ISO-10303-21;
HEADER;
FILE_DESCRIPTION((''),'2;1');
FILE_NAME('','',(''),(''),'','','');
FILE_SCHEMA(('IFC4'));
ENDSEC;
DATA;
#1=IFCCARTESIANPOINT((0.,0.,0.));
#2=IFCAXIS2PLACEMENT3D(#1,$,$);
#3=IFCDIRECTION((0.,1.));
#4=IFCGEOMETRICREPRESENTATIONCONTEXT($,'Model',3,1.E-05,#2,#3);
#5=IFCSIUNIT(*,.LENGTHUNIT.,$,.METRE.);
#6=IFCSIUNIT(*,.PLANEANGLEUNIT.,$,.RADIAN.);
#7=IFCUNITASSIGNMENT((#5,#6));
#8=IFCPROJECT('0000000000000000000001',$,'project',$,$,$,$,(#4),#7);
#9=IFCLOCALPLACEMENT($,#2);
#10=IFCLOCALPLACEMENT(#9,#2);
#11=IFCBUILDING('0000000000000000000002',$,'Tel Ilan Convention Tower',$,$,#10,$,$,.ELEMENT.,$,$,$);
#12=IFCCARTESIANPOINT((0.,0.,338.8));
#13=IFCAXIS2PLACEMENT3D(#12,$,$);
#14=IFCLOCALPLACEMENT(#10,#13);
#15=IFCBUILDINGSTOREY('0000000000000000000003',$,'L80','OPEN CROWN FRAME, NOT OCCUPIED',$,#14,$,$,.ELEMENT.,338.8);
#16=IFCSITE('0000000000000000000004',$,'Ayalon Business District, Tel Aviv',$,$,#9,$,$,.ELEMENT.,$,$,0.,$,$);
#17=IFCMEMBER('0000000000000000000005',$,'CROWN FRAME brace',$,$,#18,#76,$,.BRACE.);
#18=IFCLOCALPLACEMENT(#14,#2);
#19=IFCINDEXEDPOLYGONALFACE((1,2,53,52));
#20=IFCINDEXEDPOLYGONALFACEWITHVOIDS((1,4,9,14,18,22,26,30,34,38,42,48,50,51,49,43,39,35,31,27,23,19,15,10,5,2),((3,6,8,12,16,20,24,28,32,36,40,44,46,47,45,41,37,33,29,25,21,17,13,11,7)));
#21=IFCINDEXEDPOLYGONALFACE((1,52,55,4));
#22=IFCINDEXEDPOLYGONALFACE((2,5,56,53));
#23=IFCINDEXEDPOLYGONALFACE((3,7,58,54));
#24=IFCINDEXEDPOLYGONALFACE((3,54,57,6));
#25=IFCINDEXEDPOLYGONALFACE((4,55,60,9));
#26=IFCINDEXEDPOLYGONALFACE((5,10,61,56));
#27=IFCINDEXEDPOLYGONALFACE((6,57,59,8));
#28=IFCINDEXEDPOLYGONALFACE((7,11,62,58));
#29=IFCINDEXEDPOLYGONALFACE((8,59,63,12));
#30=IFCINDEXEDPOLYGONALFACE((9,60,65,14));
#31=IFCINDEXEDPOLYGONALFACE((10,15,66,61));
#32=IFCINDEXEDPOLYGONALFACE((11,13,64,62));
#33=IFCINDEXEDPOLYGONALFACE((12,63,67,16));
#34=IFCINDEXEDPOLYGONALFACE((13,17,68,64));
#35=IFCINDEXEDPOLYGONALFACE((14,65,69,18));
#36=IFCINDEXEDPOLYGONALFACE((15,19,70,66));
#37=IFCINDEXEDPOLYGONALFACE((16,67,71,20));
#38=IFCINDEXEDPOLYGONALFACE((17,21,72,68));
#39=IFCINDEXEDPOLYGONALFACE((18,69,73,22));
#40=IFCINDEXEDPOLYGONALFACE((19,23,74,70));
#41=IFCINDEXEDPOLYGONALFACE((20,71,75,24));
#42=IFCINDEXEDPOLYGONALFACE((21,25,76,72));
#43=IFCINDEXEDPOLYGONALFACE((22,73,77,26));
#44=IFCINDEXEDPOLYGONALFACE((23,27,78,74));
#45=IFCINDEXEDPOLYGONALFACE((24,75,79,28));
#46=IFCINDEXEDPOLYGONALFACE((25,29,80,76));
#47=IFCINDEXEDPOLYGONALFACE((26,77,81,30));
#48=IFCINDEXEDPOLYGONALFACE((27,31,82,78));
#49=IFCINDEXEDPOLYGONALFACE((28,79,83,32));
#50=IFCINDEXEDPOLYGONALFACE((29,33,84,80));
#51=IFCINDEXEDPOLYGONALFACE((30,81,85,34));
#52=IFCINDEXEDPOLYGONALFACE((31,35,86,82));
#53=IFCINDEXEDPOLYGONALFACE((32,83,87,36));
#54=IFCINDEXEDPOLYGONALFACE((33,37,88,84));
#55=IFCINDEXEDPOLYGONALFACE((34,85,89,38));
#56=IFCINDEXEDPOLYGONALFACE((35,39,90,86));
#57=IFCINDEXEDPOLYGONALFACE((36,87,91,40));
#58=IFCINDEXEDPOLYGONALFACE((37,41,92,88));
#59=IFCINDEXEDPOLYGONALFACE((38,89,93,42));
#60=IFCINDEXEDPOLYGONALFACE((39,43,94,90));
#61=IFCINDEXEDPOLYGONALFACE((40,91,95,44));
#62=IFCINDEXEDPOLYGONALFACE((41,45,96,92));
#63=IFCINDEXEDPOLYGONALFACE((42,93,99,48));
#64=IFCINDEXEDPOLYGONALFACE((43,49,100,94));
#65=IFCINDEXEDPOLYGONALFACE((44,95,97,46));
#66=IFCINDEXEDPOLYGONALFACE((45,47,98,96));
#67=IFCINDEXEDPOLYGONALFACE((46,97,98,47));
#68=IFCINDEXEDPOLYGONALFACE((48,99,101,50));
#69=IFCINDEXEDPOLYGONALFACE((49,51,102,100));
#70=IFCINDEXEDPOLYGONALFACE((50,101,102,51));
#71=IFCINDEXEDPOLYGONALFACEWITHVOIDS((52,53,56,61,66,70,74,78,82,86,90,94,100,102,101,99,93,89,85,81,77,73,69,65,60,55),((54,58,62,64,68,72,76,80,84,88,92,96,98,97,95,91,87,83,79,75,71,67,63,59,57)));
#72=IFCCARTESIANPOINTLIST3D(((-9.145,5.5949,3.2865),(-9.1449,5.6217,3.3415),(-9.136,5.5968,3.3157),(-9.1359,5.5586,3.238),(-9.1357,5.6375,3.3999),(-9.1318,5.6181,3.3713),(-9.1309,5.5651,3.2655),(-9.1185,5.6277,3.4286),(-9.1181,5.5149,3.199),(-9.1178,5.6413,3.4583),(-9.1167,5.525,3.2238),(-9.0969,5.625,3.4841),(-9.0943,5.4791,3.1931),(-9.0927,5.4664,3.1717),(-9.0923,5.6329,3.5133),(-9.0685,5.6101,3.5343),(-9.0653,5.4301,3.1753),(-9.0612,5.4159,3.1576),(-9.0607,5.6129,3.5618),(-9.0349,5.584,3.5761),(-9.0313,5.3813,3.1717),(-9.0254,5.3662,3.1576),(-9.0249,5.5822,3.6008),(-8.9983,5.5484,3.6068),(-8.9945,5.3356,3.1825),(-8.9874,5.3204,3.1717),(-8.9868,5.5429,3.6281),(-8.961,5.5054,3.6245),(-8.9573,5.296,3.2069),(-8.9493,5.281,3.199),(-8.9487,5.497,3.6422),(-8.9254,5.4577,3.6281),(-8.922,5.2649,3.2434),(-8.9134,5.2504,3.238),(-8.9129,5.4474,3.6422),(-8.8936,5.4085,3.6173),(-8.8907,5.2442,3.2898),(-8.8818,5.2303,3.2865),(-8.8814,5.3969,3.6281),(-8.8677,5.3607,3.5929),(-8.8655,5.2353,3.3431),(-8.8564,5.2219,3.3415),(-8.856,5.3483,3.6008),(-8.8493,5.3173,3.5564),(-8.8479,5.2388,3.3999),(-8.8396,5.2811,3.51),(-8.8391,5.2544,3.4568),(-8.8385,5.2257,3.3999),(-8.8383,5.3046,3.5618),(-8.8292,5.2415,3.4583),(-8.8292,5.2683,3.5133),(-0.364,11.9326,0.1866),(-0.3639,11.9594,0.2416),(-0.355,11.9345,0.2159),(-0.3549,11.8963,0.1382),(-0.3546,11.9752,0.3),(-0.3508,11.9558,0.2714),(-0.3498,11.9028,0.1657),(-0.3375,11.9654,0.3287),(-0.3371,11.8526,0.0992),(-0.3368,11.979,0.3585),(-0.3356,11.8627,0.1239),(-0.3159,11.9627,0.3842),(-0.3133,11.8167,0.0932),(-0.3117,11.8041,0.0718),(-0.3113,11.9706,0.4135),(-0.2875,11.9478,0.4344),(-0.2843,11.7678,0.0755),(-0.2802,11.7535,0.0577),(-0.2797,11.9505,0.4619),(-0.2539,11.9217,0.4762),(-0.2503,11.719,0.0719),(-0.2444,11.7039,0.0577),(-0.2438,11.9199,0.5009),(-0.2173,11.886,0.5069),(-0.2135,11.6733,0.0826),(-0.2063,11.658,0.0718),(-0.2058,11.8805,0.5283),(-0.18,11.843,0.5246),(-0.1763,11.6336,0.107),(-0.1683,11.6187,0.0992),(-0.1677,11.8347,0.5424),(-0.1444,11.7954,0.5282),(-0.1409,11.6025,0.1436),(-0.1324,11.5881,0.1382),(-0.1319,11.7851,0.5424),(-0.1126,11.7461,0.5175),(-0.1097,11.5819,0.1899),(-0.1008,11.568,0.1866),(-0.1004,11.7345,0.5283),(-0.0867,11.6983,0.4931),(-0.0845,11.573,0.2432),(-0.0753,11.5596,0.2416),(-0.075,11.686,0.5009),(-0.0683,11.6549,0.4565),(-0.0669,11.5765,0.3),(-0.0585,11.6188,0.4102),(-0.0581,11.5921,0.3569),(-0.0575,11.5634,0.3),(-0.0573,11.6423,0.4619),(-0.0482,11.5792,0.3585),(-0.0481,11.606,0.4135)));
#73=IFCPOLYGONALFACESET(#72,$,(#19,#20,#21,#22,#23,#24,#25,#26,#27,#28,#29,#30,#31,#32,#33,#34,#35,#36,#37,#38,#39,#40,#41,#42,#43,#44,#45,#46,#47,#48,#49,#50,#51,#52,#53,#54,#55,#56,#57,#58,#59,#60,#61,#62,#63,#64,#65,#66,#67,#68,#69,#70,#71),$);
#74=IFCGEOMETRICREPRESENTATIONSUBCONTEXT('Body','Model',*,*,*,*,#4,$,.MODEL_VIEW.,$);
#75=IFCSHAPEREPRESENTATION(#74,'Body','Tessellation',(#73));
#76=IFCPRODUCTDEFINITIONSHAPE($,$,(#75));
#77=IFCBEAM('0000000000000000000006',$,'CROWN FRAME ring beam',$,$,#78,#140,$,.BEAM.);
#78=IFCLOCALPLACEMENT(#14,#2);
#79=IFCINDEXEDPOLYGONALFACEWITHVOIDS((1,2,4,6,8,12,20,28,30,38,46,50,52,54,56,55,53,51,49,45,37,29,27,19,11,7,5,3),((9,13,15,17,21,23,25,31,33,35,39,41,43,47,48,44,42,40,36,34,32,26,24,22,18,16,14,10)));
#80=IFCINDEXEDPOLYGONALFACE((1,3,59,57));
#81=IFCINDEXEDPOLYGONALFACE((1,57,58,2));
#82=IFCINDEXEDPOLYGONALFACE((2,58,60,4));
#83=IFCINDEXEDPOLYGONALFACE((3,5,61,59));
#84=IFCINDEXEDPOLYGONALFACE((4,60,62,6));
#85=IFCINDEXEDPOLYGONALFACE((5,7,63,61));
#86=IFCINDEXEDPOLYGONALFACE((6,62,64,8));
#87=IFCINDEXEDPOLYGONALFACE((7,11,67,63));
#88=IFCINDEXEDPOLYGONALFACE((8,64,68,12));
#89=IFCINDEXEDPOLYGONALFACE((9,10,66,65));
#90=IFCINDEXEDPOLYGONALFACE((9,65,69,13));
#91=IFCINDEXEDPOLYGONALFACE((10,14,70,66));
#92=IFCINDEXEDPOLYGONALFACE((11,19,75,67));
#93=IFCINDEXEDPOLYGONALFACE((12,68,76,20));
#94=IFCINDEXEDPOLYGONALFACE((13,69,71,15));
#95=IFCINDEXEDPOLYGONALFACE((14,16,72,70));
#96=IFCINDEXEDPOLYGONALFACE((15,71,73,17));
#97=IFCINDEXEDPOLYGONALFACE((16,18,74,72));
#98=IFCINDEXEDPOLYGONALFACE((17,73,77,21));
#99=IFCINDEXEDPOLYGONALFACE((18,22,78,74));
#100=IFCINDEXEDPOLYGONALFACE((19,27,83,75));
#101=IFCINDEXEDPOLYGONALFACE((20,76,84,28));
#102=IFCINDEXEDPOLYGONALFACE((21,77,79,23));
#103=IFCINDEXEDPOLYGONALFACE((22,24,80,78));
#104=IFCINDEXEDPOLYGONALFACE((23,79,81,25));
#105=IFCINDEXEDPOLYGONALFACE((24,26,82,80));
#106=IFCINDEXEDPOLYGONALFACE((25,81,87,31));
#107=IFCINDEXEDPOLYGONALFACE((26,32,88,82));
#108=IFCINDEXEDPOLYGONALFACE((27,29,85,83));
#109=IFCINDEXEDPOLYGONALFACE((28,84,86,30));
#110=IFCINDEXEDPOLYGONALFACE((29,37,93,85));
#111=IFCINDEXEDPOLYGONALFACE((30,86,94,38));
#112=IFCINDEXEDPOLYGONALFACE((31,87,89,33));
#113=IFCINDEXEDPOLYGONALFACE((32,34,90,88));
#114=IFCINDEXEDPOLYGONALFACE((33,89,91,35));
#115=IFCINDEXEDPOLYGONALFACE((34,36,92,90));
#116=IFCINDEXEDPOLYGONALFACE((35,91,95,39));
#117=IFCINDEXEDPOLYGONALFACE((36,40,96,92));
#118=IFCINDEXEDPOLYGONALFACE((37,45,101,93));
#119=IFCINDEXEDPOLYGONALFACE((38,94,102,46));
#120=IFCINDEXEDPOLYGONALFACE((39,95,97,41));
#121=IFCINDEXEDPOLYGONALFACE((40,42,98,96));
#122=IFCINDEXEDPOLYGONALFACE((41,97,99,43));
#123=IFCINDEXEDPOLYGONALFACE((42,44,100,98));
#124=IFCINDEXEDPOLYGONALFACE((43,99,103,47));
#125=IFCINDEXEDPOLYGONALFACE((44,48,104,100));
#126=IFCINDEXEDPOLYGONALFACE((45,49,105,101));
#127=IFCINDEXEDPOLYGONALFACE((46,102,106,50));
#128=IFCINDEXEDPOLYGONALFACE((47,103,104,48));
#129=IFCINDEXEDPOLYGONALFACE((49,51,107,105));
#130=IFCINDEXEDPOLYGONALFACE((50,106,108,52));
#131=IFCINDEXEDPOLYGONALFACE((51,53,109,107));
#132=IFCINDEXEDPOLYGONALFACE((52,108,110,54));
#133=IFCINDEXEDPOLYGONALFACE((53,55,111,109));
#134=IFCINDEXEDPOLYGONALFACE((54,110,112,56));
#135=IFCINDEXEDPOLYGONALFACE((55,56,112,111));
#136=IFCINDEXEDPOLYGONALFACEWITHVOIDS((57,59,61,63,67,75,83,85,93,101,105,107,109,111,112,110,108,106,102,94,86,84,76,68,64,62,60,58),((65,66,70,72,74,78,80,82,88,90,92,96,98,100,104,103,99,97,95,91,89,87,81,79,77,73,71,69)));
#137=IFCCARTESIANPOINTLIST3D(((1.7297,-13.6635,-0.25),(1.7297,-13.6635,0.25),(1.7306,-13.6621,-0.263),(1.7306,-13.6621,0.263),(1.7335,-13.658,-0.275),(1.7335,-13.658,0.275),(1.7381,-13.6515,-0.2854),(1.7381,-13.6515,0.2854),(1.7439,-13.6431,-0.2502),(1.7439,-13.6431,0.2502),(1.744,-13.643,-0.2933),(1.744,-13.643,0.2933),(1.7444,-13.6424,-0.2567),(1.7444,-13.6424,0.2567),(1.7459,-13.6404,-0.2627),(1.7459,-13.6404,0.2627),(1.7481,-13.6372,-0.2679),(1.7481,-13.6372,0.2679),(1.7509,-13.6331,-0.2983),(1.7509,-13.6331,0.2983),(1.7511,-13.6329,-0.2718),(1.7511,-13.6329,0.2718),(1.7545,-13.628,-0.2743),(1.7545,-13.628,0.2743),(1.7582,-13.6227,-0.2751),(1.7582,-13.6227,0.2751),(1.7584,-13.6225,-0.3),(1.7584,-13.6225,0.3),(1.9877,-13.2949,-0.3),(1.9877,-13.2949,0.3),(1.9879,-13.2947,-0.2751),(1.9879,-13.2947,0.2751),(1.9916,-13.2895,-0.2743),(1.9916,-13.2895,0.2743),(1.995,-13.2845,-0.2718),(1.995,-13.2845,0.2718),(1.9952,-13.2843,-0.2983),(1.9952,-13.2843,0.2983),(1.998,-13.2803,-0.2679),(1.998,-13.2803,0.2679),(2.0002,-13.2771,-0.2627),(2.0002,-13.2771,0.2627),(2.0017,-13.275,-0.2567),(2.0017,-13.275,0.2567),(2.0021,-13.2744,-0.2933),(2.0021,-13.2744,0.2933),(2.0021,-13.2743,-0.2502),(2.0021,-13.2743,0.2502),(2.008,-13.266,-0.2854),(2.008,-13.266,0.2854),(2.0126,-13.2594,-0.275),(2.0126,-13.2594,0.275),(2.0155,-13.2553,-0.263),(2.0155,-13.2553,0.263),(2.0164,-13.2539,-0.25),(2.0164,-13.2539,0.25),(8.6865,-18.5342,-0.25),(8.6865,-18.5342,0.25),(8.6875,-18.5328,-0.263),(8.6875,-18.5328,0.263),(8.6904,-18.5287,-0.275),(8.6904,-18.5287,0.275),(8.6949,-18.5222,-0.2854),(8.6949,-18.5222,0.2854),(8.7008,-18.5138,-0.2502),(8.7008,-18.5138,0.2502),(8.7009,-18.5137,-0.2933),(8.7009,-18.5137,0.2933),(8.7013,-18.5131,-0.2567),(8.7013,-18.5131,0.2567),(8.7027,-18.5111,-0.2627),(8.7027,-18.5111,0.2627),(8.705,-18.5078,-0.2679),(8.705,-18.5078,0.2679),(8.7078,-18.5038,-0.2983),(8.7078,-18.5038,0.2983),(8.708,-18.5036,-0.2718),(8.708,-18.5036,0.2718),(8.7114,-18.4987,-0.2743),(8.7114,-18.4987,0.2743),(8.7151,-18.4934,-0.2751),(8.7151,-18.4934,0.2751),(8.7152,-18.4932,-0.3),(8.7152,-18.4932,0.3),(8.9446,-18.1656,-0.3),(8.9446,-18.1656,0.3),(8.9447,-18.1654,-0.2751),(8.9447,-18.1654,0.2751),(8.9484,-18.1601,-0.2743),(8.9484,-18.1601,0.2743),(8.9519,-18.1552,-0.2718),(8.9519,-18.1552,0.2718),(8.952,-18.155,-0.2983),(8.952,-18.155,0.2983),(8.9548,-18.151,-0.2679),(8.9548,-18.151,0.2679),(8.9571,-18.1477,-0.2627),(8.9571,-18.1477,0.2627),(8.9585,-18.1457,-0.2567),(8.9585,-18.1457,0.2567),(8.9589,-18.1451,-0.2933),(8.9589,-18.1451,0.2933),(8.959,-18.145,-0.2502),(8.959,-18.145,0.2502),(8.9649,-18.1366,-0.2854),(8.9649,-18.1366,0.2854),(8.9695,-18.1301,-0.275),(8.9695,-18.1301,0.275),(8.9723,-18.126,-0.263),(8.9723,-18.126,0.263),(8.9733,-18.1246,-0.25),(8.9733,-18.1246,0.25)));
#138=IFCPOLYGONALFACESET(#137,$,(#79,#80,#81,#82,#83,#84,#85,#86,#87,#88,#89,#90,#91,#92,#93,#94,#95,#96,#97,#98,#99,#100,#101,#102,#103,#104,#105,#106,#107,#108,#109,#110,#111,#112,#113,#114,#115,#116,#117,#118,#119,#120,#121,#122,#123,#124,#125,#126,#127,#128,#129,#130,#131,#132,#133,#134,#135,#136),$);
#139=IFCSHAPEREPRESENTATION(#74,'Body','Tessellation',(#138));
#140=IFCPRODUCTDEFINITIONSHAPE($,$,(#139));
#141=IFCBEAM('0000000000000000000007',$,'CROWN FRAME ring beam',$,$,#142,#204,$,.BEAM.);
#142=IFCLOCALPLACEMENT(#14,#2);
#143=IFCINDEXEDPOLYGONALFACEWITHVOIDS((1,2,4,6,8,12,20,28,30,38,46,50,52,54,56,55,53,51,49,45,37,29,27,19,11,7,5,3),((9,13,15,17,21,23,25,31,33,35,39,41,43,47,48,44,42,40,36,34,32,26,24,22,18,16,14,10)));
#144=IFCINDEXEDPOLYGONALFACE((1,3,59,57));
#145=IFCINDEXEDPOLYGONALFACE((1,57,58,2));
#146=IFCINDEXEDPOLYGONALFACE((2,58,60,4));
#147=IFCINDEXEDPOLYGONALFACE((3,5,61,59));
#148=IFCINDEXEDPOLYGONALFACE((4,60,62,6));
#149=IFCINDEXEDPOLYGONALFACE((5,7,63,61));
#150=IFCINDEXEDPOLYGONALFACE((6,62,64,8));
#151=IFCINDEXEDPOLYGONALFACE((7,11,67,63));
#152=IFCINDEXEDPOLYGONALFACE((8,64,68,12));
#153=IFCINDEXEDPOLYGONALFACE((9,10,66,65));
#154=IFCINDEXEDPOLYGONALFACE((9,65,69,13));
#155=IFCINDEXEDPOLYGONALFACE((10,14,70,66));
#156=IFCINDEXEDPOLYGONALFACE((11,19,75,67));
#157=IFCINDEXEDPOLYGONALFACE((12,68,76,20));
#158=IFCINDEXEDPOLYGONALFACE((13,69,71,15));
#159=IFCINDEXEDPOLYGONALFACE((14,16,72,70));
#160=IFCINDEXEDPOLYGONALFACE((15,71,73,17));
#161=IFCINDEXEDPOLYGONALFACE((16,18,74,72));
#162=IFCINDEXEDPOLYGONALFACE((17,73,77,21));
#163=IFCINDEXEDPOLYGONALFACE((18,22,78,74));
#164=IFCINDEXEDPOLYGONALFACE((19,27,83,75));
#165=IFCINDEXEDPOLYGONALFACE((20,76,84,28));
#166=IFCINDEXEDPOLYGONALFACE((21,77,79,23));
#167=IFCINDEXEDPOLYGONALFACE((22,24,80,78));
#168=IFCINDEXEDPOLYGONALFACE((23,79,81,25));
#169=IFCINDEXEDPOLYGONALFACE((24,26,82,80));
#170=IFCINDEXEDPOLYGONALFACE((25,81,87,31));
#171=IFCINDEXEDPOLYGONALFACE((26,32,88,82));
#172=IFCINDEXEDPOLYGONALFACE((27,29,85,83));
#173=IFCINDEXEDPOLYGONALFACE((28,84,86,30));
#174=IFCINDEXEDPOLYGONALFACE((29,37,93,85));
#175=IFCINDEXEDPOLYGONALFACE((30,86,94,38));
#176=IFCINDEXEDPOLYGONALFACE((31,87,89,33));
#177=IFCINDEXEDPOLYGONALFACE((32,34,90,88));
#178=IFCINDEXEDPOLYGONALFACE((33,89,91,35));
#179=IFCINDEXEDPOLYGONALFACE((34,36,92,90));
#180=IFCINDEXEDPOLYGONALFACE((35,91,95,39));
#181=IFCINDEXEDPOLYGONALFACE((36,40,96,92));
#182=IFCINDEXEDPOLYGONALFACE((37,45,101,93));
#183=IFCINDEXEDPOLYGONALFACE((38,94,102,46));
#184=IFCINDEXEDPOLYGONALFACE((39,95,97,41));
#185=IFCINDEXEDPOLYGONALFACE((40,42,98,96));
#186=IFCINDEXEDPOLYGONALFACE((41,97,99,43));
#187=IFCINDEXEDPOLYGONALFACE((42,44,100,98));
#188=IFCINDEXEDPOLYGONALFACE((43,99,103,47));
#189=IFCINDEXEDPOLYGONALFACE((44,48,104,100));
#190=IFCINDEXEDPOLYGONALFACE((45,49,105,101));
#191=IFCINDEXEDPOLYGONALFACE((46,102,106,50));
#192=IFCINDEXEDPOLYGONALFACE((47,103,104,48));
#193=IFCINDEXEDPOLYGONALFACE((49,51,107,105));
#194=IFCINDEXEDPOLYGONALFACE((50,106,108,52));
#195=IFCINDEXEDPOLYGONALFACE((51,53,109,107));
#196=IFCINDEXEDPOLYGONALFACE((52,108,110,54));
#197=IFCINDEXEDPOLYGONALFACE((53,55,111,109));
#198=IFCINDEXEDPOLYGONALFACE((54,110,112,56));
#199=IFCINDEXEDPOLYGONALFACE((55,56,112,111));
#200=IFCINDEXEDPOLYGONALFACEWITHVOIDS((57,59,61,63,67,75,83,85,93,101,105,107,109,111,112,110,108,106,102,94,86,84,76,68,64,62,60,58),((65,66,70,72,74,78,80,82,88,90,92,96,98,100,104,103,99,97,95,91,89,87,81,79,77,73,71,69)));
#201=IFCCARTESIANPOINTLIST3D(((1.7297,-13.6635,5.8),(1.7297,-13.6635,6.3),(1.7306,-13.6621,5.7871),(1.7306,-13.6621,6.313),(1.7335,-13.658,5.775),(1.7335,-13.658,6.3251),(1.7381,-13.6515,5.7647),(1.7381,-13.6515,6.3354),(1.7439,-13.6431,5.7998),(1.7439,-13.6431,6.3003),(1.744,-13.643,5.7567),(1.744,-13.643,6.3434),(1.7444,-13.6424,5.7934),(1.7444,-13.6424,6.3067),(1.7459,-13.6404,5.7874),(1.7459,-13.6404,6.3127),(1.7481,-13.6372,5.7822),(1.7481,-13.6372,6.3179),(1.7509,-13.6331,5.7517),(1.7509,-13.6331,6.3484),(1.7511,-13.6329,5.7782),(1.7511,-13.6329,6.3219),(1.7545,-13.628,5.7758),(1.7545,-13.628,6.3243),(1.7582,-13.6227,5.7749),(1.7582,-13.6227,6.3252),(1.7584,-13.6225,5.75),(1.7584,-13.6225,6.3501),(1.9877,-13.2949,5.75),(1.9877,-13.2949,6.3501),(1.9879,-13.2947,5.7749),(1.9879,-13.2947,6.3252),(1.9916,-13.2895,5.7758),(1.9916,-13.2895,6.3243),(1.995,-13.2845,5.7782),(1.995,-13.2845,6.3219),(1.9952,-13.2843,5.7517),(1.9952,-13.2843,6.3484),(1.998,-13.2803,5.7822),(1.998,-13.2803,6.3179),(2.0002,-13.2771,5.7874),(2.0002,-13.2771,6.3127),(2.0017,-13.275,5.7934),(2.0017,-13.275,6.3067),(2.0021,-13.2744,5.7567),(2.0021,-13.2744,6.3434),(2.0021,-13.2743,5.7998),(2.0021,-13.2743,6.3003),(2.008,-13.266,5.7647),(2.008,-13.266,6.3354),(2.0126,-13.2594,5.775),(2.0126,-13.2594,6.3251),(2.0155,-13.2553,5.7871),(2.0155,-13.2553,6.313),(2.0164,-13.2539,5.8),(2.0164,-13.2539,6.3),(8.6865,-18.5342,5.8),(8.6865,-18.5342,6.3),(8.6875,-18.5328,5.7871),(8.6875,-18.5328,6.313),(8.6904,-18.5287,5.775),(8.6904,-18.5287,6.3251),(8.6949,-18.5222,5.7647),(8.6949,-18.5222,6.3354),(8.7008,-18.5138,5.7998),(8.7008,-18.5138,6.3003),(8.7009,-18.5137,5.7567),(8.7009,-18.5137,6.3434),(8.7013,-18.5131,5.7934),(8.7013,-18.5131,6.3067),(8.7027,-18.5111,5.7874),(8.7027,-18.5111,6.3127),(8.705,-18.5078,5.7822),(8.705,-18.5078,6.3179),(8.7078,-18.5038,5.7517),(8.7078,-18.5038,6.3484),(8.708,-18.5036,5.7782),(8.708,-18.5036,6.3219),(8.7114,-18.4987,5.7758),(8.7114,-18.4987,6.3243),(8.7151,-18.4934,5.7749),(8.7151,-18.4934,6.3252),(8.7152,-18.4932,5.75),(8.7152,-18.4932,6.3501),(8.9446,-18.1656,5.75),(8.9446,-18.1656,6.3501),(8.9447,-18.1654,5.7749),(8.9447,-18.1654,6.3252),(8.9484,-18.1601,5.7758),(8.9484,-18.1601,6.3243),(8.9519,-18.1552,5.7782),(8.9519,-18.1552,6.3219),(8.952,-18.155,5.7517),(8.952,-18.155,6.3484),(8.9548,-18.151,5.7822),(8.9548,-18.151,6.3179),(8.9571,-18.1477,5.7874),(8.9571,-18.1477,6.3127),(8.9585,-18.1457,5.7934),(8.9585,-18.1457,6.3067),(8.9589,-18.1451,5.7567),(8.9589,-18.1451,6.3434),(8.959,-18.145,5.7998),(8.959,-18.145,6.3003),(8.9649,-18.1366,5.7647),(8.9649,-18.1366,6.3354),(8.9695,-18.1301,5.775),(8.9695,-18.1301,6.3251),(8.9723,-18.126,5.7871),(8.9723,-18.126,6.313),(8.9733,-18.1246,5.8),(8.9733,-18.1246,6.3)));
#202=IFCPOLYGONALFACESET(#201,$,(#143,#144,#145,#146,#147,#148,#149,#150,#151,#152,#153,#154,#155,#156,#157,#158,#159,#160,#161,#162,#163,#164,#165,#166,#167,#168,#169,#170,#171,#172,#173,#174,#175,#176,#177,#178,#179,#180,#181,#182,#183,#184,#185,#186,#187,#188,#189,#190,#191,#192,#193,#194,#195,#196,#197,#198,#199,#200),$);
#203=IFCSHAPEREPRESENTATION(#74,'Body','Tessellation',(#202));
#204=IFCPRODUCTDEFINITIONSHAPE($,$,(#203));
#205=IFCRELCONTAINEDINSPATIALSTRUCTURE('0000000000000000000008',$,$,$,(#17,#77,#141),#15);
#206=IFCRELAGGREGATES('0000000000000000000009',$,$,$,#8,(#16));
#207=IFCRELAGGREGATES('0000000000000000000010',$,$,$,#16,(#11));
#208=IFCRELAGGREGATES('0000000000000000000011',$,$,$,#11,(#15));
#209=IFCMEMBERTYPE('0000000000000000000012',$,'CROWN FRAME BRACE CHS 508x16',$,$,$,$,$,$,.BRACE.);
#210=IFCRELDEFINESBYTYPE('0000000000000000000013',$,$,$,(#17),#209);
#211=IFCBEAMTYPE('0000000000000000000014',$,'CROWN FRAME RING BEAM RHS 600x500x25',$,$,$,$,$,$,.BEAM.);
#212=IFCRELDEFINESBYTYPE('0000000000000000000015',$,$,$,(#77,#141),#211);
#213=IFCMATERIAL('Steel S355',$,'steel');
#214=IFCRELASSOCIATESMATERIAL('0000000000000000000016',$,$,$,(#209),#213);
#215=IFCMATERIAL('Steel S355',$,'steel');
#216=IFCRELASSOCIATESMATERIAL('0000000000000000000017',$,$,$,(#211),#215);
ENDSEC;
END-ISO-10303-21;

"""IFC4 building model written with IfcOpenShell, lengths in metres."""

from ifc_helpers import new_model, si_unit, direction, frame, origin, origin_2d, place, context, subcontext, project, spatial, hollow_rectangle, hollow_circle, extrude, material, material_profile, profile_set, type_object, element, save


model = new_model("IFC4")

# Units and contexts
model_context = context("Model", 3, precision=1e-05, world=origin(), true_north=direction((0.0, 1.0)))
body_context = subcontext(model_context, "Body", "Model", "MODEL_VIEW")
ifc_project = project(units=[si_unit("LENGTHUNIT", "METRE"), si_unit("PLANEANGLEUNIT", "RADIAN")], contexts=[model_context])

# Site, building, storey
site_placement = place(None, origin())
site = spatial("IfcSite", under=ifc_project, at=site_placement, Name="Ayalon Business District, Tel Aviv", CompositionType="ELEMENT", RefElevation=0.0)
building_placement = place(site_placement, origin())
building = spatial("IfcBuilding", under=site, at=building_placement, Name="Tel Ilan Convention Tower", CompositionType="ELEMENT")
storey_placement = place(building_placement, frame((0.0, 0.0, 338.8)))
storey = spatial("IfcBuildingStorey", under=building, at=storey_placement, Name="L80", Description="OPEN CROWN FRAME, NOT OCCUPIED", CompositionType="ELEMENT", Elevation=338.8)

# Member
ifc_material_1 = material(Name="Steel S355", Category="steel")
ifc_material_profile_1 = material_profile(ifc_material_1, hollow_circle(Radius=0.2539, WallThickness=0.0161, at=origin_2d()), Name="CHS 508x16")
ifc_profile_set_1 = profile_set([ifc_material_profile_1], Name="Steel S355")
member_type = type_object("IfcMemberType", Name="CROWN FRAME BRACE CHS 508x16", PredefinedType="BRACE", material=ifc_profile_set_1)
for number, where, z_axis, x_axis, name in (
    (1, (-0.2061, 11.7693, 0.3), (-0.779554, -0.562639, 0.275197), (0.585236, -0.810863, 0.0), "CROWN FRAME brace"),
):
    element("IfcMember", number, at=place(storey_placement, frame(where, z_axis=z_axis, x_axis=x_axis)), inside=storey, type_object=member_type, Name=name, PredefinedType="BRACE", context=body_context, shape_type="SweptSolid", body=[
        extrude(hollow_circle(Radius=0.2539, WallThickness=0.0161, at=origin_2d()), origin(), (0.0, 0.0, 1.0), 11.2642),
    ])

# Beams
ifc_material_2 = material(Name="Steel S355", Category="steel")
ifc_material_profile_2 = material_profile(ifc_material_2, hollow_rectangle(XDim=0.5, YDim=0.6001, WallThickness=0.0249, InnerFilletRadius=0.0249, OuterFilletRadius=0.05, at=origin_2d()), Name="RHS 600x500x25")
ifc_profile_set_2 = profile_set([ifc_material_profile_2], Name="Steel S355")
beam_type = type_object("IfcBeamType", Name="CROWN FRAME RING BEAM RHS 600x500x25", PredefinedType="BEAM", material=ifc_profile_set_2)
for number, where, z_axis, x_axis, name in (
    (2, (1.873, -13.4587, 0.0), (0.819185, -0.57353, 0.0), (0.57353, 0.819185, 0.0), "CROWN FRAME ring beam"),
    (3, (1.873, -13.4587, 6.05), (0.819185, -0.57353, 0.0), (0.57353, 0.819185, 0.0), "CROWN FRAME ring beam"),
):
    element("IfcBeam", number, at=place(storey_placement, frame(where, z_axis=z_axis, x_axis=x_axis)), inside=storey, type_object=beam_type, Name=name, PredefinedType="BEAM", context=body_context, shape_type="SweptSolid", body=[
        extrude(hollow_rectangle(XDim=0.5, YDim=0.6001, WallThickness=0.0249, InnerFilletRadius=0.0249, OuterFilletRadius=0.05, at=origin_2d()), origin(), (0.0, 0.0, 1.0), 8.4924),
    ])

save(model, "model.ifc")
